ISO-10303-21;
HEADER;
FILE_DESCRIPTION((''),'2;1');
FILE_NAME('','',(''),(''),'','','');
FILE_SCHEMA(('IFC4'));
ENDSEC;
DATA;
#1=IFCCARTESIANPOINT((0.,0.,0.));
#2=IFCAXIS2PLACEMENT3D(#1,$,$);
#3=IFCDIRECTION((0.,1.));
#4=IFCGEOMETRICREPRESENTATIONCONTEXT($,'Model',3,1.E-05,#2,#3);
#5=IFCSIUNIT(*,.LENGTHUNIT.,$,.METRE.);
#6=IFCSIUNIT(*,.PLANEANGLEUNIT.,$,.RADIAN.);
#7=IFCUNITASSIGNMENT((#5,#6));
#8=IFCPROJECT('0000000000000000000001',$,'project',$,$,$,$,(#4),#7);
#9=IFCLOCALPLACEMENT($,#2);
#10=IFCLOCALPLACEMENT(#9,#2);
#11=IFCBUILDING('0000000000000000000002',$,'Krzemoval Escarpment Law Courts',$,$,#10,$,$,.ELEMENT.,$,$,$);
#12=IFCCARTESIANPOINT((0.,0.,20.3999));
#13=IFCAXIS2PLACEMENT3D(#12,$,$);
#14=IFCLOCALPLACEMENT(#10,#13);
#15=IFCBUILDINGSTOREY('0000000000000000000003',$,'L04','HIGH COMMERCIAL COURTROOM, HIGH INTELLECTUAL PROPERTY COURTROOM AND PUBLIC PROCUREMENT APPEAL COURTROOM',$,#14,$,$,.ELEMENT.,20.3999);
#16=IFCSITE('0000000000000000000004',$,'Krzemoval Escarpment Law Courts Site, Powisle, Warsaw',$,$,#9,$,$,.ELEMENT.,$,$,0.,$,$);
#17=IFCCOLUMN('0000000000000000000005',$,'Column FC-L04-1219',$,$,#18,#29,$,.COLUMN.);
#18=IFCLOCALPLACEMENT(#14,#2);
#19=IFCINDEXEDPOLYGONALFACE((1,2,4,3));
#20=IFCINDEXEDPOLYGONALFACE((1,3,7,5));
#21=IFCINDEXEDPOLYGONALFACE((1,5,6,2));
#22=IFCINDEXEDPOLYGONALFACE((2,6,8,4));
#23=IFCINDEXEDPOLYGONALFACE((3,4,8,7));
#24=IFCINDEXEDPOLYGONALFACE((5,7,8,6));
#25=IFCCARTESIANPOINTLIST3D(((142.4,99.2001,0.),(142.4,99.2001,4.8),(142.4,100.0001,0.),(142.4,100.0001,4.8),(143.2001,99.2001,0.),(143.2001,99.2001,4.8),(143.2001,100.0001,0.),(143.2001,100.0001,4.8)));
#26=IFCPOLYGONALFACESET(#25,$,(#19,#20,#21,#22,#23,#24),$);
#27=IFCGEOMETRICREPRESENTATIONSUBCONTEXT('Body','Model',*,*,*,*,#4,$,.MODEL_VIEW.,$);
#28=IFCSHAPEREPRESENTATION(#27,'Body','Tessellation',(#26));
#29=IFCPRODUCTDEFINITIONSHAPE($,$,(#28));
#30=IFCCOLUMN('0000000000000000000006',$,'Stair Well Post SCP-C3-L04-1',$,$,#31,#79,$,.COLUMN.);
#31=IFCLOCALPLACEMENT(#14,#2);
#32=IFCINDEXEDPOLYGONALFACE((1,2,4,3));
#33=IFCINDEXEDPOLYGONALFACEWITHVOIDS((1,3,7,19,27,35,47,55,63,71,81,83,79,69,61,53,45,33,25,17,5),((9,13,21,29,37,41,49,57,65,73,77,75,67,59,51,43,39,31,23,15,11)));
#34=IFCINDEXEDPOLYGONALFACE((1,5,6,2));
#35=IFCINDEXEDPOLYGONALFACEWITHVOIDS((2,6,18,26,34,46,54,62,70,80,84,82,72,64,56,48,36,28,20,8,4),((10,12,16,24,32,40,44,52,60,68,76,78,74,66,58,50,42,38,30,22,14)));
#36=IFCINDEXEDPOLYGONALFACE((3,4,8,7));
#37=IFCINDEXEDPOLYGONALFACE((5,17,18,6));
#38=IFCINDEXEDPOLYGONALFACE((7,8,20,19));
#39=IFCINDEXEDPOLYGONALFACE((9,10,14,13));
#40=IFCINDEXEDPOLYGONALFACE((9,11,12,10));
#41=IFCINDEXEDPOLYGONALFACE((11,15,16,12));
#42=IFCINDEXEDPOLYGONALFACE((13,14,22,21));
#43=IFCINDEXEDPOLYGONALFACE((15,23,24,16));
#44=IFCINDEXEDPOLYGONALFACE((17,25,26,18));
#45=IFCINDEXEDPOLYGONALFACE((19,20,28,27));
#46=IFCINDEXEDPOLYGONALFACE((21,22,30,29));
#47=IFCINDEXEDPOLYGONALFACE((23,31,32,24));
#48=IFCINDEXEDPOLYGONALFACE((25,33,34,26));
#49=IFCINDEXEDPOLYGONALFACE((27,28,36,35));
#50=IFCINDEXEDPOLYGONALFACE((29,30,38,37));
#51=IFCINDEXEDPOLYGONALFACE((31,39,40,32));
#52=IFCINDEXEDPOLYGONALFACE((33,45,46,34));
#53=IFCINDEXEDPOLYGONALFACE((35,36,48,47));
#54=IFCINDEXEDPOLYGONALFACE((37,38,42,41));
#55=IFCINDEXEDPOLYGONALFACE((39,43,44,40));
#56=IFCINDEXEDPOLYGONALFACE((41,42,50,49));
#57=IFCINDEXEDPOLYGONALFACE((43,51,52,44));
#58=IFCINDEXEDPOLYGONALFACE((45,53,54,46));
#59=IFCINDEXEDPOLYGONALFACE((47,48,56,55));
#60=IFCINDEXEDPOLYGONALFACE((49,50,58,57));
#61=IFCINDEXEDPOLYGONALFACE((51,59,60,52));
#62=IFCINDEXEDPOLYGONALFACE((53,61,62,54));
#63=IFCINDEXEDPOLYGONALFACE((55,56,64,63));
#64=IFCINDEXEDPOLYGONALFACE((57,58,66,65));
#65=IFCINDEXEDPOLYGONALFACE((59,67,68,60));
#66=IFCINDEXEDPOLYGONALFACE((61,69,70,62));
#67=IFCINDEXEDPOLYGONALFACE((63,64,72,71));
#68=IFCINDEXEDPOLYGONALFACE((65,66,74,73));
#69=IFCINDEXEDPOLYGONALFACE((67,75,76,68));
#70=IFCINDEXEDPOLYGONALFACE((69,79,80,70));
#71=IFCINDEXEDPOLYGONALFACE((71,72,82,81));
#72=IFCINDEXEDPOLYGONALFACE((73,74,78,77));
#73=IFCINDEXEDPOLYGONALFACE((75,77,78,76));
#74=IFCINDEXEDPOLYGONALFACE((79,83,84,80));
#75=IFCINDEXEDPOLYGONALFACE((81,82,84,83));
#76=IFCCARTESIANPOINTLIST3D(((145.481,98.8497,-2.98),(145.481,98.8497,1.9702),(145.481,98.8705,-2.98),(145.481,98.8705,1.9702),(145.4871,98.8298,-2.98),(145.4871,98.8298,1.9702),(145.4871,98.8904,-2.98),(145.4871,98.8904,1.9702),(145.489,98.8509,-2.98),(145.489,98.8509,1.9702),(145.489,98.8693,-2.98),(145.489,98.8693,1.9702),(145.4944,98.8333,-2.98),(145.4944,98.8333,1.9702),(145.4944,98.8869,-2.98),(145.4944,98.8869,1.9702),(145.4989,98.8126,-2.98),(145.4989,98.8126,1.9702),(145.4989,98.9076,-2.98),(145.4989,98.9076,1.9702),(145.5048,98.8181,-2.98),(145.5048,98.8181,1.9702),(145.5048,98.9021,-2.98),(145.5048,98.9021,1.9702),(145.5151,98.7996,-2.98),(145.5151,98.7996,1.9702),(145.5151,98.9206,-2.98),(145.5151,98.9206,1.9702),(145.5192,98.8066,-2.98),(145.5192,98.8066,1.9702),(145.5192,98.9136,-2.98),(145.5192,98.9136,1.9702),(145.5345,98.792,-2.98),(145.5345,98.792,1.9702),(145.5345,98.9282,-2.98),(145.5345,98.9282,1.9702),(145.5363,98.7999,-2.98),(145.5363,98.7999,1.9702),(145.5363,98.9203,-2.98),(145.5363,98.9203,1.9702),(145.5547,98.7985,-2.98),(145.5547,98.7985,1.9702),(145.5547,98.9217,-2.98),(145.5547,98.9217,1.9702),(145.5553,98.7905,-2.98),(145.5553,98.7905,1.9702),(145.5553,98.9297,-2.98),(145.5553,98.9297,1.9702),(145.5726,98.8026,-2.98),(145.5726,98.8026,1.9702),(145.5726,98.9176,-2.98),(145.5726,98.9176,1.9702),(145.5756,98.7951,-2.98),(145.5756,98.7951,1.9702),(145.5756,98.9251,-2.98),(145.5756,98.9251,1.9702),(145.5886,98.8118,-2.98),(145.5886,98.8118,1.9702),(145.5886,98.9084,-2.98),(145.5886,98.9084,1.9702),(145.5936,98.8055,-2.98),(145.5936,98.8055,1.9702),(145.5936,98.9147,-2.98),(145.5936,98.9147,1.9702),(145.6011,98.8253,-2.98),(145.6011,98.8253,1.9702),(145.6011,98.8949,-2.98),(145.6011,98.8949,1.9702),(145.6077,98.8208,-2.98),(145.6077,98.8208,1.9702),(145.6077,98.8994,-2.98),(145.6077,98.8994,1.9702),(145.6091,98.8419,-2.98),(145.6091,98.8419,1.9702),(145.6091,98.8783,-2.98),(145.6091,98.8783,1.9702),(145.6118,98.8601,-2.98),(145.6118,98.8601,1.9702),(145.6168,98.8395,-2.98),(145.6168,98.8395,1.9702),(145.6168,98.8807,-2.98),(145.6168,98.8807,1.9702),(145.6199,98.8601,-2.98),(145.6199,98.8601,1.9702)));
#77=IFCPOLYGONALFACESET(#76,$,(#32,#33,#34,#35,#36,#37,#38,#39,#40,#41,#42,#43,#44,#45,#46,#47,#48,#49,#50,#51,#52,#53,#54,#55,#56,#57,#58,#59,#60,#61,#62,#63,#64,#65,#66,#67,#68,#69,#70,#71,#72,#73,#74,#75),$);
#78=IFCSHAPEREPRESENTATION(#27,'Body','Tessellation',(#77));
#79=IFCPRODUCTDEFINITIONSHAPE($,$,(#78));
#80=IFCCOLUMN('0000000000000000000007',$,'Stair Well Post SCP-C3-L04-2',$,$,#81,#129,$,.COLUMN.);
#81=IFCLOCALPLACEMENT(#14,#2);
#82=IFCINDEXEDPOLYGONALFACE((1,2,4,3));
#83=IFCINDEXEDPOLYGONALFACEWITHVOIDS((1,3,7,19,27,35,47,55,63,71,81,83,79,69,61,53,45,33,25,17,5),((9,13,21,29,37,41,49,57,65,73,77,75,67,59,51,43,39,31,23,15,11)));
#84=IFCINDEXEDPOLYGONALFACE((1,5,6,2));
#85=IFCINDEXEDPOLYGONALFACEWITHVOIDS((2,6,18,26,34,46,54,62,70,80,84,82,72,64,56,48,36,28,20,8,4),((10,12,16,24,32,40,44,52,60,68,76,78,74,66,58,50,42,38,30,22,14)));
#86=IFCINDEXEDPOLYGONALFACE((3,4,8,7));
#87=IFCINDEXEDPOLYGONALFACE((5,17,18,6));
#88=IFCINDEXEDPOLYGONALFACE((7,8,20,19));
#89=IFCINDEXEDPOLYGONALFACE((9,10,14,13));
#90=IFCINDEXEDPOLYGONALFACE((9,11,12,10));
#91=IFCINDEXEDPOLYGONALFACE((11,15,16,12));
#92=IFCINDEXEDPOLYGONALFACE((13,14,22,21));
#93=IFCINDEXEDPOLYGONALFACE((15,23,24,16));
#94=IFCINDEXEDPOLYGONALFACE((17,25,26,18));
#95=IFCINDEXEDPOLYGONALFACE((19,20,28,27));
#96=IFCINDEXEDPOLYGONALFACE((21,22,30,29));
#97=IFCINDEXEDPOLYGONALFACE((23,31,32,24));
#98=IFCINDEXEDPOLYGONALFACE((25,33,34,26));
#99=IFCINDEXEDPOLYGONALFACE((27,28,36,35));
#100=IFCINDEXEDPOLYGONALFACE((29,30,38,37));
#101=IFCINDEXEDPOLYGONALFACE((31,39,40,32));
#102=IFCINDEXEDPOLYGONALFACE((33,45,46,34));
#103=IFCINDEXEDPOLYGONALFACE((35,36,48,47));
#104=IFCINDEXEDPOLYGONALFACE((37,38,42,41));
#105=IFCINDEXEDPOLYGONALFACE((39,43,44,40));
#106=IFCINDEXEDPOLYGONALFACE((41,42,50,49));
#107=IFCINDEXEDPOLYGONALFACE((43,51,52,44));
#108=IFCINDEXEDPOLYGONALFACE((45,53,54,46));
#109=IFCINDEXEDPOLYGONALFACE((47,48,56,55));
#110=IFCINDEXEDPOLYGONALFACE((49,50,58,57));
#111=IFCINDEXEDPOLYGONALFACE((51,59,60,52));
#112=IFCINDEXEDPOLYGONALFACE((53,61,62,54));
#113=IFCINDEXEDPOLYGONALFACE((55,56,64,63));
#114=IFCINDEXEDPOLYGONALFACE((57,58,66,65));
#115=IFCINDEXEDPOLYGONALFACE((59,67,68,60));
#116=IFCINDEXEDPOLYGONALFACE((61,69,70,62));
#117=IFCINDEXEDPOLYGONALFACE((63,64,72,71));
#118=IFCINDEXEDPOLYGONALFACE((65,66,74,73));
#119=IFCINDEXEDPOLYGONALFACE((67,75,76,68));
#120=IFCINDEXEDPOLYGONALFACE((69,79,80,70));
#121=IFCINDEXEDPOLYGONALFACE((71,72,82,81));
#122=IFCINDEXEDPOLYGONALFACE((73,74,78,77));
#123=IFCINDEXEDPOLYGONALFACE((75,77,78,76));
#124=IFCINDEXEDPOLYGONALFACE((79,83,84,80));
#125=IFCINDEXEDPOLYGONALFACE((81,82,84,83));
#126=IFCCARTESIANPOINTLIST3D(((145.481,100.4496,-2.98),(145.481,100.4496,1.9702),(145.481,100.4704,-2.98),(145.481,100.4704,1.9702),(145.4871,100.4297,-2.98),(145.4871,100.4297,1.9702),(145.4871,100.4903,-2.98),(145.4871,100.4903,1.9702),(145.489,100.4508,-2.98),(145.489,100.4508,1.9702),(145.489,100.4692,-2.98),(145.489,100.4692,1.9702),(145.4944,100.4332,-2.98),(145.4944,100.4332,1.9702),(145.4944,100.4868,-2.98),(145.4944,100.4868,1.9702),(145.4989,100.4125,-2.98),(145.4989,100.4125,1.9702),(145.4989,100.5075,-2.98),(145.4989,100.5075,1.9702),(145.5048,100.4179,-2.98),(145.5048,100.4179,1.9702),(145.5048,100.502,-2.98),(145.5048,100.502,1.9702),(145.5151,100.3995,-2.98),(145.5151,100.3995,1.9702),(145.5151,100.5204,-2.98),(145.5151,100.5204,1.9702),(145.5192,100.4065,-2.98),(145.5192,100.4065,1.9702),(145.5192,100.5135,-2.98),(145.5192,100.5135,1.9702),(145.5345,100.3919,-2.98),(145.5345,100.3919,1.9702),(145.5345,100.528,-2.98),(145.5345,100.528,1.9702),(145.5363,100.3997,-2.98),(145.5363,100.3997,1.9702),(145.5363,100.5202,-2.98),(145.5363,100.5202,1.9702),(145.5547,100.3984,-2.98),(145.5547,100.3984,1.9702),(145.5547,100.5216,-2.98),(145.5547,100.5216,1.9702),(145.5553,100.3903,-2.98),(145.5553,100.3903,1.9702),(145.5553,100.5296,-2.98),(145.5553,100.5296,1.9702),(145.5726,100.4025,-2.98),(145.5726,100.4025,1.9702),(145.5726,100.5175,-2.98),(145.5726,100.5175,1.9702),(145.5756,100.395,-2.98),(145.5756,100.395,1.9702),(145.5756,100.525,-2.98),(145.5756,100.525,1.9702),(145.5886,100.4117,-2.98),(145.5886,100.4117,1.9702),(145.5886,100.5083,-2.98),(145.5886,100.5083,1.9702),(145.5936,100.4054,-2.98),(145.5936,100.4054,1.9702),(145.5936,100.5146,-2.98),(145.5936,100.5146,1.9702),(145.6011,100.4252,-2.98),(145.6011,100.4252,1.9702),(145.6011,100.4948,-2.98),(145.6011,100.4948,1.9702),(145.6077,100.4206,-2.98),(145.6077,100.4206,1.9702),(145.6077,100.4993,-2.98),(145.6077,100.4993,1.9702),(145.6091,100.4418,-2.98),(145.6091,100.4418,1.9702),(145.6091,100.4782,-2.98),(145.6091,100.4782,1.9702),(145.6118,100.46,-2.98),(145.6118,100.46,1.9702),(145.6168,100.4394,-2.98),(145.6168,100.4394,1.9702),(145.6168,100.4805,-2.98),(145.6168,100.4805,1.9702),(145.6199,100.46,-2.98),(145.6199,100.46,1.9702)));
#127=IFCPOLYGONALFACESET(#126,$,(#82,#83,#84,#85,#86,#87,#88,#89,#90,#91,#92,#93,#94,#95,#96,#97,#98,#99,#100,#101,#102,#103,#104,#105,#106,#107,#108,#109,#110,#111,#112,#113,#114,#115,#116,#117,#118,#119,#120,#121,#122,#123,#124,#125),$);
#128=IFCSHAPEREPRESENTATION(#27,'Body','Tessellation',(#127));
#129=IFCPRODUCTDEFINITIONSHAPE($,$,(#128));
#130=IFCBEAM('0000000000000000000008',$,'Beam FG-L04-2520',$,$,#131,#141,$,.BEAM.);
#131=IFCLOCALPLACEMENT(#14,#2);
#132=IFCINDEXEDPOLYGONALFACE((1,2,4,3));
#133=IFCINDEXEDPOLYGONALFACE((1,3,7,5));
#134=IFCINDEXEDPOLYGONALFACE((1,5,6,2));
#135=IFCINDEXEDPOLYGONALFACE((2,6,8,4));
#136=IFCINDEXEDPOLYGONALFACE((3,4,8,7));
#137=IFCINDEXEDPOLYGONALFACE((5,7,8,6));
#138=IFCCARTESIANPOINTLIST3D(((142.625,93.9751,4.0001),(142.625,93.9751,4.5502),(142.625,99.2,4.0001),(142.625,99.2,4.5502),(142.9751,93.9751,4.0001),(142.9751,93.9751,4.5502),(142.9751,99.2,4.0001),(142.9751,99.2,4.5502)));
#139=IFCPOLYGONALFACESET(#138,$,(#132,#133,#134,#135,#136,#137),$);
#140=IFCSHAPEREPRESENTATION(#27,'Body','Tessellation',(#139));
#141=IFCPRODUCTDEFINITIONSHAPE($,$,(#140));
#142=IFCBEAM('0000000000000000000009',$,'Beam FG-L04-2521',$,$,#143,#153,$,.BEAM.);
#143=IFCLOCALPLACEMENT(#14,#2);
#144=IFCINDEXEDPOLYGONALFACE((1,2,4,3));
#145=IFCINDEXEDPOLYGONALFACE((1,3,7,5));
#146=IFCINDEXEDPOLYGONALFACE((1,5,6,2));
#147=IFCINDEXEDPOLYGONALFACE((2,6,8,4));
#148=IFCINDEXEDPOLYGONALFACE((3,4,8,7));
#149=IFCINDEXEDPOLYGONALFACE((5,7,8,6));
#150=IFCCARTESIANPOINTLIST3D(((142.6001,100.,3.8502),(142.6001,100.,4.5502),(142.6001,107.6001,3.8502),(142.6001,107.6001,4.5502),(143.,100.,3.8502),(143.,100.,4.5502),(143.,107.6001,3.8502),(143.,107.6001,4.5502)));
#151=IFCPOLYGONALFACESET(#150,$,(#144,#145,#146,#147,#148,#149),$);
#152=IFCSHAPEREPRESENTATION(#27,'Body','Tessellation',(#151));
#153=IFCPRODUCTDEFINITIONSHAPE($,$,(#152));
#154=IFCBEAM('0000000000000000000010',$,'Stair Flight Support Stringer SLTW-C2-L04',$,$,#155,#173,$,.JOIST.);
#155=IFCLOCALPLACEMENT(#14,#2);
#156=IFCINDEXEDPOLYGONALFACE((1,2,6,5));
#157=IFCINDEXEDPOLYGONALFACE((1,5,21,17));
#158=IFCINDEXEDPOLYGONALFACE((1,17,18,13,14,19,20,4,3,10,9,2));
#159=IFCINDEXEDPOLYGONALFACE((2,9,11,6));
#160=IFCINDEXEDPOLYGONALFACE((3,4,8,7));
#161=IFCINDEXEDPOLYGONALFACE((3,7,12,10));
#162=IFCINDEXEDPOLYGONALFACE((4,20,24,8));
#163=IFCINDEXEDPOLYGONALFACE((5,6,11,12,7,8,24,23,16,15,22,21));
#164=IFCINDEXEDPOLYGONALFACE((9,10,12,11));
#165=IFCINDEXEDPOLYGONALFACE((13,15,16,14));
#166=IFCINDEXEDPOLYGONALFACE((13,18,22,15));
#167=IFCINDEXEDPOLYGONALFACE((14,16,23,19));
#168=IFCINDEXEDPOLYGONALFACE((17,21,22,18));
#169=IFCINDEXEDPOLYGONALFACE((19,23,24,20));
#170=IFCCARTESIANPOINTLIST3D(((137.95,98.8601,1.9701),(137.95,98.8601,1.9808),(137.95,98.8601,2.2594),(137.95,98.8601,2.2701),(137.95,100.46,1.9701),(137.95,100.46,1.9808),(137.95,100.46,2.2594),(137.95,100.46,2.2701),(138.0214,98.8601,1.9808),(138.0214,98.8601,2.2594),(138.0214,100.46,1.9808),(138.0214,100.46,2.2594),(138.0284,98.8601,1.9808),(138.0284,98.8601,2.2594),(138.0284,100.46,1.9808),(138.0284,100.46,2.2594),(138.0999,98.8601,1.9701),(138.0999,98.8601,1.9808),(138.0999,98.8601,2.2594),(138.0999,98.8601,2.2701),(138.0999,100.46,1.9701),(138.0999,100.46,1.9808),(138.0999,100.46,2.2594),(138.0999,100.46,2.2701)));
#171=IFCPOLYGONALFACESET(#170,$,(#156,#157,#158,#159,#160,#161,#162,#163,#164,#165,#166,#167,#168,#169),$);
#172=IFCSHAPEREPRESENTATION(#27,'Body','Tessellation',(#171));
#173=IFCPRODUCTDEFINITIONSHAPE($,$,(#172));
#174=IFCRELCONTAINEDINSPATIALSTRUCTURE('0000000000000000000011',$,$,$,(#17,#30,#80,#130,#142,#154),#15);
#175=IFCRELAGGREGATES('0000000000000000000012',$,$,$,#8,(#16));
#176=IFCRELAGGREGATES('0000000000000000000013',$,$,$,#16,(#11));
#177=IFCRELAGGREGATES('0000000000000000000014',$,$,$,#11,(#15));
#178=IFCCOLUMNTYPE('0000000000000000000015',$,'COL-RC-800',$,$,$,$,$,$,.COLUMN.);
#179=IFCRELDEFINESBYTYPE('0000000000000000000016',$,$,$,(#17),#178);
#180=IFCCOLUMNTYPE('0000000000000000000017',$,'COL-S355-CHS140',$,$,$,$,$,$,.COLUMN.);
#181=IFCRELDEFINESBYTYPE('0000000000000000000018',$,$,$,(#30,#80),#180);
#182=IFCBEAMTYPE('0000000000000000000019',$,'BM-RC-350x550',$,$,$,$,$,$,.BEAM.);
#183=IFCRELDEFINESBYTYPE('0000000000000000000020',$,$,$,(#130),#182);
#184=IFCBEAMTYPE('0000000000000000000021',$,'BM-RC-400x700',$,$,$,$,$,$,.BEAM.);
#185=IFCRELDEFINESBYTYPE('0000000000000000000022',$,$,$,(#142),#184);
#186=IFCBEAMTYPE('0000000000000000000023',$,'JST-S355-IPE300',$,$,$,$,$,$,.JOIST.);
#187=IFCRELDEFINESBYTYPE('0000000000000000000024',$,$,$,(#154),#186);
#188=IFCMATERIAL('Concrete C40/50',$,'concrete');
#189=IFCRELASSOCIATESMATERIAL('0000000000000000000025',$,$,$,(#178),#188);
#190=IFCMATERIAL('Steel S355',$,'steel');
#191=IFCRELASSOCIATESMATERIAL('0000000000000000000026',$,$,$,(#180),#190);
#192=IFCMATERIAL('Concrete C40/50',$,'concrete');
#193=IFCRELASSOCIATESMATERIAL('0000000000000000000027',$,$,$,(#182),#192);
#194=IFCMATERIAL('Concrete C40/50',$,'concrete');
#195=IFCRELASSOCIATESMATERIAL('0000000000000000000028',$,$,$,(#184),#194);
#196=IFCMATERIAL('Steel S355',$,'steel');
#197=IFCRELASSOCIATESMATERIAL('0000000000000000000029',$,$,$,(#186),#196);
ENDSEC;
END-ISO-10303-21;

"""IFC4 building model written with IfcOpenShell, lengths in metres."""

from ifc_helpers import new_model, si_unit, direction, frame, origin, origin_2d, place, context, subcontext, project, spatial, rectangle, hollow_circle, i_section, extrude, material, material_profile, profile_set, type_object, element, save


model = new_model("IFC4")

# Units and contexts
model_context = context("Model", 3, precision=1e-05, world=origin(), true_north=direction((0.0, 1.0)))
body_context = subcontext(model_context, "Body", "Model", "MODEL_VIEW")
ifc_project = project(units=[si_unit("LENGTHUNIT", "METRE"), si_unit("PLANEANGLEUNIT", "RADIAN")], contexts=[model_context])

# Site, building, storey
site_placement = place(None, origin())
site = spatial("IfcSite", under=ifc_project, at=site_placement, Name="Krzemoval Escarpment Law Courts Site, Powisle, Warsaw", CompositionType="ELEMENT", RefElevation=0.0)
building_placement = place(site_placement, origin())
building = spatial("IfcBuilding", under=site, at=building_placement, Name="Krzemoval Escarpment Law Courts", CompositionType="ELEMENT")
storey_placement = place(building_placement, frame((0.0, 0.0, 20.3999)))
storey = spatial("IfcBuildingStorey", under=building, at=storey_placement, Name="L04", Description="HIGH COMMERCIAL COURTROOM, HIGH INTELLECTUAL PROPERTY COURTROOM AND PUBLIC PROCUREMENT APPEAL COURTROOM", CompositionType="ELEMENT", Elevation=20.3999)

# Columns
ifc_material_1 = material(Name="Concrete C40/50", Category="concrete")
ifc_material_profile_1 = material_profile(ifc_material_1, rectangle(XDim=0.8, YDim=0.8, at=origin_2d()), Name="RC 800x800")
ifc_profile_set_1 = profile_set([ifc_material_profile_1], Name="Concrete C40/50")
column_type_1 = type_object("IfcColumnType", Name="COL-RC-800", PredefinedType="COLUMN", material=ifc_profile_set_1)
column_placement = place(storey_placement, frame((142.8, 99.6001, 0.0), z_axis=(0.0, 0.0, 1.0), x_axis=(1.0, 0.0, 0.0)))
element("IfcColumn", 1, at=column_placement, inside=storey, type_object=column_type_1, Name="Column FC-L04-1219", PredefinedType="COLUMN", context=body_context, shape_type="SweptSolid", body=[
    extrude(rectangle(XDim=0.8, YDim=0.8, at=origin_2d()), origin(), (0.0, 0.0, 1.0), 4.8),
])
ifc_material_2 = material(Name="Steel S355", Category="steel")
ifc_material_profile_2 = material_profile(ifc_material_2, hollow_circle(Radius=0.0698, WallThickness=0.0081, at=origin_2d()), Name="CHS 139.7x8")
ifc_profile_set_2 = profile_set([ifc_material_profile_2], Name="Steel S355")
column_type_2 = type_object("IfcColumnType", Name="COL-S355-CHS140", PredefinedType="COLUMN", material=ifc_profile_set_2)
for number, where, z_axis, x_axis, name in (
    (2, (145.55, 98.8601, -2.98), (0.0, 0.0, 1.0), (1.0, 0.0, 0.0), "Stair Well Post SCP-C3-L04-1"),
    (3, (145.55, 100.46, -2.98), (0.0, 0.0, 1.0), (1.0, 0.0, 0.0), "Stair Well Post SCP-C3-L04-2"),
):
    element("IfcColumn", number, at=place(storey_placement, frame(where, z_axis=z_axis, x_axis=x_axis)), inside=storey, type_object=column_type_2, Name=name, PredefinedType="COLUMN", context=body_context, shape_type="SweptSolid", body=[
        extrude(hollow_circle(Radius=0.0698, WallThickness=0.0081, at=origin_2d()), origin(), (0.0, 0.0, 1.0), 4.9502),
    ])

# Beams
ifc_material_3 = material(Name="Concrete C40/50", Category="concrete")
ifc_material_profile_3 = material_profile(ifc_material_3, rectangle(XDim=0.3501, YDim=0.55, at=origin_2d()), Name="RCB 350x550")
ifc_profile_set_3 = profile_set([ifc_material_profile_3], Name="Concrete C40/50")
beam_type_1 = type_object("IfcBeamType", Name="BM-RC-350x550", PredefinedType="BEAM", material=ifc_profile_set_3)
beam_1_placement = place(storey_placement, frame((142.8, 93.9751, 4.2751), z_axis=(0.0, 1.0, 0.0), x_axis=(-1.0, 0.0, 0.0)))
element("IfcBeam", 4, at=beam_1_placement, inside=storey, type_object=beam_type_1, Name="Beam FG-L04-2520", PredefinedType="BEAM", context=body_context, shape_type="SweptSolid", body=[
    extrude(rectangle(XDim=0.3501, YDim=0.55, at=origin_2d()), origin(), (0.0, 0.0, 1.0), 5.2249),
])
ifc_material_4 = material(Name="Concrete C40/50", Category="concrete")
ifc_material_profile_4 = material_profile(ifc_material_4, rectangle(XDim=0.3999, YDim=0.7, at=origin_2d()), Name="RCB 400x700")
ifc_profile_set_4 = profile_set([ifc_material_profile_4], Name="Concrete C40/50")
beam_type_2 = type_object("IfcBeamType", Name="BM-RC-400x700", PredefinedType="BEAM", material=ifc_profile_set_4)
beam_2_placement = place(storey_placement, frame((142.8, 100.0, 4.2002), z_axis=(0.0, 1.0, 0.0), x_axis=(-1.0, 0.0, 0.0)))
element("IfcBeam", 5, at=beam_2_placement, inside=storey, type_object=beam_type_2, Name="Beam FG-L04-2521", PredefinedType="BEAM", context=body_context, shape_type="SweptSolid", body=[
    extrude(rectangle(XDim=0.3999, YDim=0.7, at=origin_2d()), origin(), (0.0, 0.0, 1.0), 7.6001),
])
ifc_material_5 = material(Name="Steel S355", Category="steel")
ifc_material_profile_5 = material_profile(ifc_material_5, i_section(OverallWidth=0.1499, OverallDepth=0.3, WebThickness=0.0071, FlangeThickness=0.0107, at=origin_2d()), Name="IPE 300")
ifc_profile_set_5 = profile_set([ifc_material_profile_5], Name="Steel S355")
beam_type_3 = type_object("IfcBeamType", Name="JST-S355-IPE300", PredefinedType="JOIST", material=ifc_profile_set_5)
beam_3_placement = place(storey_placement, frame((138.0249, 98.8601, 2.1201), z_axis=(0.0, 1.0, 0.0), x_axis=(-1.0, 0.0, 0.0)))
element("IfcBeam", 6, at=beam_3_placement, inside=storey, type_object=beam_type_3, Name="Stair Flight Support Stringer SLTW-C2-L04", PredefinedType="JOIST", context=body_context, shape_type="SweptSolid", body=[
    extrude(i_section(OverallWidth=0.1499, OverallDepth=0.3, WebThickness=0.0071, FlangeThickness=0.0107, at=origin_2d()), origin(), (0.0, 0.0, 1.0), 1.5999),
])

save(model, "model.ifc")
